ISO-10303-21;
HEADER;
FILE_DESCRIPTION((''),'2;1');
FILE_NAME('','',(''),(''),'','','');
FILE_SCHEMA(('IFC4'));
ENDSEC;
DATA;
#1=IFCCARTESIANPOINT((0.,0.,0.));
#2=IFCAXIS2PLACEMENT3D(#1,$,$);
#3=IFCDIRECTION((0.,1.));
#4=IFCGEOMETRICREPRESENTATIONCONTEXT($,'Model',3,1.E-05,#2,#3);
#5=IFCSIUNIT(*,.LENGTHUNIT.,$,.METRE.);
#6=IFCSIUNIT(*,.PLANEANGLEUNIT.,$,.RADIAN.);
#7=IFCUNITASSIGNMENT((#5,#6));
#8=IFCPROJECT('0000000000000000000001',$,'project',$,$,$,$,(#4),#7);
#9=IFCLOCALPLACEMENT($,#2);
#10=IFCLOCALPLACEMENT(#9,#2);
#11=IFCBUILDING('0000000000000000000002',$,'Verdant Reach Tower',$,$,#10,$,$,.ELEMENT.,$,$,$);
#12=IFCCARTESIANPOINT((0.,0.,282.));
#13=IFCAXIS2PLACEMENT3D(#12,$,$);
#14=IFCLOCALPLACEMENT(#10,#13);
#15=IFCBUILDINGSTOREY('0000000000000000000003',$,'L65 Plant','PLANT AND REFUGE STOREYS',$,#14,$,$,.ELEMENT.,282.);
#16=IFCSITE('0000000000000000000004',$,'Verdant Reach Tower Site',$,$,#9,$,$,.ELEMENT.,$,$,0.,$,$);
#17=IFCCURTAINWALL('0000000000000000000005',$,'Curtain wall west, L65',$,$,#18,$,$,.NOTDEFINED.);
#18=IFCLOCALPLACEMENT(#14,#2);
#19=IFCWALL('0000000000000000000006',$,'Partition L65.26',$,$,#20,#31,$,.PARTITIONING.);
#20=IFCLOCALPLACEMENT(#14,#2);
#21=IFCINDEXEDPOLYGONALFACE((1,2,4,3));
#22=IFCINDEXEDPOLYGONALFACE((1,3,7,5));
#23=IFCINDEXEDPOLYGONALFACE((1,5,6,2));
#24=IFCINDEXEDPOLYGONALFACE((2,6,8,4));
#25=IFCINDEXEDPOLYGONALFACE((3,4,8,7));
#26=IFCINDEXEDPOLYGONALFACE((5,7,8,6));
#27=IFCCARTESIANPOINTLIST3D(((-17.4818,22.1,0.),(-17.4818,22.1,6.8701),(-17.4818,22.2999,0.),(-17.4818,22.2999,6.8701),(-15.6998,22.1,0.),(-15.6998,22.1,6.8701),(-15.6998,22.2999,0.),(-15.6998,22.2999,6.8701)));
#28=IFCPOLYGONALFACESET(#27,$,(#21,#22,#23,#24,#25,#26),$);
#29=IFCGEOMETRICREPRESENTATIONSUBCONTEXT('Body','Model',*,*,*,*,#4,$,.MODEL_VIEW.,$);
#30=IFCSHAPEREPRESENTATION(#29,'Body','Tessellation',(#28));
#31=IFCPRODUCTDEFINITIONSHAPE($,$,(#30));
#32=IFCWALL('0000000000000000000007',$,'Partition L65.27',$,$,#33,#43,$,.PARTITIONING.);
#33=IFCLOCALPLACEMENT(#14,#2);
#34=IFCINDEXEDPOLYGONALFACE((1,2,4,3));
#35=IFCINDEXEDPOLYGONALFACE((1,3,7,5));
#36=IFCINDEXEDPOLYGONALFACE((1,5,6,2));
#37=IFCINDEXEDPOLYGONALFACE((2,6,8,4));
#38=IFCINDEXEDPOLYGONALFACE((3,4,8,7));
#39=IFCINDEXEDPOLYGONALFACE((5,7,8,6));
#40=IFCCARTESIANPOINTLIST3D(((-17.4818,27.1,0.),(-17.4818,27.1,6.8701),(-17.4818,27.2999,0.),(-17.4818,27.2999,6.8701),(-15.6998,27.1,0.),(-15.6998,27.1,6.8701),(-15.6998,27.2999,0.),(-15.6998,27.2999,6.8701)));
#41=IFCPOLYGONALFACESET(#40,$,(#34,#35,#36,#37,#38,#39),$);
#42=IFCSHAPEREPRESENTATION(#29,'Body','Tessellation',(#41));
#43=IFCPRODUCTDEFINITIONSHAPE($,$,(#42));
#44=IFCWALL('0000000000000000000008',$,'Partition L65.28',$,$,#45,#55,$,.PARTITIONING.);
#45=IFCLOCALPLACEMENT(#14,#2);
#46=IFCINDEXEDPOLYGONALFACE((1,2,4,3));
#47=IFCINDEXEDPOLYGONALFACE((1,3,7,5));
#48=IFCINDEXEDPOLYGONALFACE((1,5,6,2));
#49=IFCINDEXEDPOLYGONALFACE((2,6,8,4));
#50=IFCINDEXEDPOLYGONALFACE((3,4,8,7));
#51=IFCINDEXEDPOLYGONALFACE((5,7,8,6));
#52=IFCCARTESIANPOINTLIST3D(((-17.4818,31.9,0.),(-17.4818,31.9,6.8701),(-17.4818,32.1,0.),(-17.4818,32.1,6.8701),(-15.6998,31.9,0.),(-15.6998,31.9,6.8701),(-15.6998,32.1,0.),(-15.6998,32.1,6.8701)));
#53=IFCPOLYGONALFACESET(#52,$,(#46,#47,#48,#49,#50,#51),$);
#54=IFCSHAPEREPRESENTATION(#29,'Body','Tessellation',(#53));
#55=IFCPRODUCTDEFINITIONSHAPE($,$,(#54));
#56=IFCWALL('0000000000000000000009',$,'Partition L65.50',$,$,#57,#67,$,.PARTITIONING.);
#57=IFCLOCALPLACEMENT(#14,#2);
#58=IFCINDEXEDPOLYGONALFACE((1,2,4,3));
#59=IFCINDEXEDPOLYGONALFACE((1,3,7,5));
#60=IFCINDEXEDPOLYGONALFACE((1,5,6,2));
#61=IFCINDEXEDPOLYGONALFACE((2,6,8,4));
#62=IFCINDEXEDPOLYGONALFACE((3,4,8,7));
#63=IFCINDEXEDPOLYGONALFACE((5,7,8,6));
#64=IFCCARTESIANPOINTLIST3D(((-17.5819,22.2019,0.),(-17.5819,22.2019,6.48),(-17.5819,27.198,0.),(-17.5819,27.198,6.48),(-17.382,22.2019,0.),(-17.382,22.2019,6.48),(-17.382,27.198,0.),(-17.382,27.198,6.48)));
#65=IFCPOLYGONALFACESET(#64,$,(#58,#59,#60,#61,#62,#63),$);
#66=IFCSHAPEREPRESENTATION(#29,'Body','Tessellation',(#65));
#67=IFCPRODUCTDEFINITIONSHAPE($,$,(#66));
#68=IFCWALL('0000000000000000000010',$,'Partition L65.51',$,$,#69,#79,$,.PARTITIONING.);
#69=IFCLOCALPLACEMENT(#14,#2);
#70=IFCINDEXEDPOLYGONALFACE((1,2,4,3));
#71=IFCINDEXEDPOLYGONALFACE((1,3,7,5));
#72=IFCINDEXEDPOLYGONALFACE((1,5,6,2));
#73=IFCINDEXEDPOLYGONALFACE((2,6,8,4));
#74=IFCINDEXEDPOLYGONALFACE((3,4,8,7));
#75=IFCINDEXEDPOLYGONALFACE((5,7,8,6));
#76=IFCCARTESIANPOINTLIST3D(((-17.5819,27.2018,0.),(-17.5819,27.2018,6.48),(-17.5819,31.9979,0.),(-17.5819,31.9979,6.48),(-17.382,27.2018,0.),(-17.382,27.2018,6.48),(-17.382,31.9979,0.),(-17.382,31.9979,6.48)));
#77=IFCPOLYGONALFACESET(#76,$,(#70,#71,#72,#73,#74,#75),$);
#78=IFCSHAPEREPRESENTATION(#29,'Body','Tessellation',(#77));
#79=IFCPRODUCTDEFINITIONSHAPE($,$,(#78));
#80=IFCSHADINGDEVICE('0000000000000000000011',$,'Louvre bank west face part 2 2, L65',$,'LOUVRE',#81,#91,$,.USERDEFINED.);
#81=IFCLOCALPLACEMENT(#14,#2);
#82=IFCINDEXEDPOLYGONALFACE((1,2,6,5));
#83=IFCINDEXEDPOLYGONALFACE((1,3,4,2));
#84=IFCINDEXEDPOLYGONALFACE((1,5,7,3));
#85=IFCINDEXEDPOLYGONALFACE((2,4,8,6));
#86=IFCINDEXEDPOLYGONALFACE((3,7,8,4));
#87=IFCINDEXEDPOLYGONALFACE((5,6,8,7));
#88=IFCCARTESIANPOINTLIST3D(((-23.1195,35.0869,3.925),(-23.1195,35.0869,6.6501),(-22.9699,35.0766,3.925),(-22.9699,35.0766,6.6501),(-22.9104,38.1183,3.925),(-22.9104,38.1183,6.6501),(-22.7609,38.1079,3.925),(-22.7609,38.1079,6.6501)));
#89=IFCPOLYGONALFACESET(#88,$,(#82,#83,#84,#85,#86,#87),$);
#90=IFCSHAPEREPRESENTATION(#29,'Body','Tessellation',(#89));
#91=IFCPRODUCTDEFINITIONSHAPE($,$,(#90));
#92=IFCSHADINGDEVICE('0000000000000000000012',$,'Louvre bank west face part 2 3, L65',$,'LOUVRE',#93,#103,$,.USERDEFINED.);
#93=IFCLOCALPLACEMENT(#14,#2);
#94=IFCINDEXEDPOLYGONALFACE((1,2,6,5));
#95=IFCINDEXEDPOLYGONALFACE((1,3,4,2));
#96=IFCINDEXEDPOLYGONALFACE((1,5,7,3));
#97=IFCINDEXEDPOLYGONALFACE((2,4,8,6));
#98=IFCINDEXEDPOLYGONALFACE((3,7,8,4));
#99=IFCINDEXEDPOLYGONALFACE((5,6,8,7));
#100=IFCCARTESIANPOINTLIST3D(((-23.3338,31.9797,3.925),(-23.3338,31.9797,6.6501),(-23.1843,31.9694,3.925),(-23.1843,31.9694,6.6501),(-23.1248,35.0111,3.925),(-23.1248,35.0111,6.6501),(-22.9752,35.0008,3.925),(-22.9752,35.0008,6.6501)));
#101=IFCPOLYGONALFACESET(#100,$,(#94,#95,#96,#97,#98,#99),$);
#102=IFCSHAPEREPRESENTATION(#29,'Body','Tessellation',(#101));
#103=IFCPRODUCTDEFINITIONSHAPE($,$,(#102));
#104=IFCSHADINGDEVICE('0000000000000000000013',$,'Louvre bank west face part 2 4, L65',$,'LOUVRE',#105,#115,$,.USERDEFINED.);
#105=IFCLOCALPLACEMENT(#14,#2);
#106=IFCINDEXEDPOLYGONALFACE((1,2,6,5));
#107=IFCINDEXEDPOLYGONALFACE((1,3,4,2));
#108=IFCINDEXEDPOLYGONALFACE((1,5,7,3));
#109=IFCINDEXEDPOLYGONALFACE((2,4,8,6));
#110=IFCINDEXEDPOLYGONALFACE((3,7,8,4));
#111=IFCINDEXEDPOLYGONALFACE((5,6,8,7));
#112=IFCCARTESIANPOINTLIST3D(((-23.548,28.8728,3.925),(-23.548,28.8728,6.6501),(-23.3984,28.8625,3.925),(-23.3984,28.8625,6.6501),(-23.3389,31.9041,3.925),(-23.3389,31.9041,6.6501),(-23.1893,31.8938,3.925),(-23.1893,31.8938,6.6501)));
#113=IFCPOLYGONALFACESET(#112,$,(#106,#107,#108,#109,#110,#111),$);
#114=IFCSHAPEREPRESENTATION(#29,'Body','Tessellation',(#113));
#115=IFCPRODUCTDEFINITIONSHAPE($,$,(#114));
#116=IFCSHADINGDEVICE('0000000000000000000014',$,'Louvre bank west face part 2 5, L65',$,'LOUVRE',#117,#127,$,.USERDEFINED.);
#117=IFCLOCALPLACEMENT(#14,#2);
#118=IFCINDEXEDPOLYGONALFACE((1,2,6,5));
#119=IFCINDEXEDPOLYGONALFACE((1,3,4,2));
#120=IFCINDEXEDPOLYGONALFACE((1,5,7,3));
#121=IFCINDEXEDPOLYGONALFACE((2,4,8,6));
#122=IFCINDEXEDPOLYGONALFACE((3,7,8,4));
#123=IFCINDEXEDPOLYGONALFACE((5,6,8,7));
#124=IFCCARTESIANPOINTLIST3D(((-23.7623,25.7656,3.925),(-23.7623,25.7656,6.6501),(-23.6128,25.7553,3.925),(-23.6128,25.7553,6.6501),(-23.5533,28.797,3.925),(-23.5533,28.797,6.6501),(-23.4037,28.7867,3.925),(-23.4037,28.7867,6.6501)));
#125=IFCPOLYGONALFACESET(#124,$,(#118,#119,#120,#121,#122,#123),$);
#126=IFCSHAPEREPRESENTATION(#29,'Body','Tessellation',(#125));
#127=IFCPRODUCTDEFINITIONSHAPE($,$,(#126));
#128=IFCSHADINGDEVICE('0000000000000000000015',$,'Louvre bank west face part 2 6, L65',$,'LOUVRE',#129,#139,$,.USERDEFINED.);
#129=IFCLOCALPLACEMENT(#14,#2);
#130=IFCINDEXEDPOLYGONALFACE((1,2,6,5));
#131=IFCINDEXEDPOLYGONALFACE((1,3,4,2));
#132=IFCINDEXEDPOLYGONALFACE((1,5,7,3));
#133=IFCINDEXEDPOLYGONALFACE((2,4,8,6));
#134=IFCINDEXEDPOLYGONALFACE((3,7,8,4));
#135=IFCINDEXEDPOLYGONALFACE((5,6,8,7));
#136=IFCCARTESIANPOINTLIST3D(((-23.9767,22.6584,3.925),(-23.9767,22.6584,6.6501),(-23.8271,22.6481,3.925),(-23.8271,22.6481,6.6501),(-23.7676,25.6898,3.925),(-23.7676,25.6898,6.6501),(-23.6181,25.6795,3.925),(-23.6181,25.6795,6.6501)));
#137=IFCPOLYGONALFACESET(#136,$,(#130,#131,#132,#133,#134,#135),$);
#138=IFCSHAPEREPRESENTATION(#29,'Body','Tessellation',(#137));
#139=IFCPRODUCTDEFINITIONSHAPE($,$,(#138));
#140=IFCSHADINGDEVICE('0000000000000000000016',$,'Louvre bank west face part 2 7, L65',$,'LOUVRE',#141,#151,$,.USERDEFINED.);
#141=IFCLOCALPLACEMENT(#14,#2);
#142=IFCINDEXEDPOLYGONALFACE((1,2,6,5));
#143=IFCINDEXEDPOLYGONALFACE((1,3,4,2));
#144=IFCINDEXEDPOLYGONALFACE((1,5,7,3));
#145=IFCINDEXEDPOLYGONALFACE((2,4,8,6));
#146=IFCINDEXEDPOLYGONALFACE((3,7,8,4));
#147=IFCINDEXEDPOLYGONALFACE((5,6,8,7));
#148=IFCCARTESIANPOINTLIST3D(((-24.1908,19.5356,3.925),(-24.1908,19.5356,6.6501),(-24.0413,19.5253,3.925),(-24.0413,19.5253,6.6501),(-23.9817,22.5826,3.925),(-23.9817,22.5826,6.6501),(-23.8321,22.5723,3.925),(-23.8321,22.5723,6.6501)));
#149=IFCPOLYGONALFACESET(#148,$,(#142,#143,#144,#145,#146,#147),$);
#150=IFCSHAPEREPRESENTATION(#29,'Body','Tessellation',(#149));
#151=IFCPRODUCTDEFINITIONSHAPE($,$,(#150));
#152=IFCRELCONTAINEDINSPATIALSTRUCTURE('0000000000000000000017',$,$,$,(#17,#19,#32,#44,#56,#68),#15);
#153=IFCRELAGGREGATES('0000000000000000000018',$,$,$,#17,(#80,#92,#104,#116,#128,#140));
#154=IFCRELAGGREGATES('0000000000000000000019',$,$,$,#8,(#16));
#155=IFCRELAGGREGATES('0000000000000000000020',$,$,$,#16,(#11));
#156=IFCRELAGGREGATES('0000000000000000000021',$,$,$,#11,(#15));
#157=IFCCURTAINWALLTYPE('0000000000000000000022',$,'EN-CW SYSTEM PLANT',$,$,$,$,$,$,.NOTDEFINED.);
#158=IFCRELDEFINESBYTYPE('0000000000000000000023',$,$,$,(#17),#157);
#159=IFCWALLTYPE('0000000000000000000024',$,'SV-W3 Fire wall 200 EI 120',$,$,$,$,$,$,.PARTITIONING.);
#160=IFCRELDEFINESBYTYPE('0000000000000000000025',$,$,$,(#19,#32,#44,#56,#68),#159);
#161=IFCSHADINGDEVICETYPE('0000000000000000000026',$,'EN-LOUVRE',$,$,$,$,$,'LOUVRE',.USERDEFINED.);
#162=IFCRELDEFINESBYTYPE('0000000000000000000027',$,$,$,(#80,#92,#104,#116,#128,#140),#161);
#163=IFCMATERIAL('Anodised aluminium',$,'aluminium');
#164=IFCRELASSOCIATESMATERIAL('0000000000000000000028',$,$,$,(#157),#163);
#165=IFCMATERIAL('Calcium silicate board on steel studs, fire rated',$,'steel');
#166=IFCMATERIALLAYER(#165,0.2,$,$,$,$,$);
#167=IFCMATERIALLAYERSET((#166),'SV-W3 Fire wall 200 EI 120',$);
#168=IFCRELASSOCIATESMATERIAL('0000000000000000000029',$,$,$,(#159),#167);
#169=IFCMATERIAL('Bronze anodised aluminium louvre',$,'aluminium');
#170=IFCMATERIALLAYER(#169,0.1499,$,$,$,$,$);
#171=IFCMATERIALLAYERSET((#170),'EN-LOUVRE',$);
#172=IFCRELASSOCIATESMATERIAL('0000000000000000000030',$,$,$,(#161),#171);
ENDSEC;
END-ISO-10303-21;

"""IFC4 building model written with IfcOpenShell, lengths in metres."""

from ifc_helpers import new_model, si_unit, direction, frame, frame_2d, origin, origin_2d, place, context, subcontext, project, spatial, rectangle, extrude, material, layer, layer_set, type_object, element, aggregate, save


model = new_model("IFC4")

# Units and contexts
model_context = context("Model", 3, precision=1e-05, world=origin(), true_north=direction((0.0, 1.0)))
body_context = subcontext(model_context, "Body", "Model", "MODEL_VIEW")
ifc_project = project(units=[si_unit("LENGTHUNIT", "METRE"), si_unit("PLANEANGLEUNIT", "RADIAN")], contexts=[model_context])

# Site, building, storey
site_placement = place(None, origin())
site = spatial("IfcSite", under=ifc_project, at=site_placement, Name="Verdant Reach Tower Site", CompositionType="ELEMENT", RefElevation=0.0)
building_placement = place(site_placement, origin())
building = spatial("IfcBuilding", under=site, at=building_placement, Name="Verdant Reach Tower", CompositionType="ELEMENT")
storey_placement = place(building_placement, frame((0.0, 0.0, 282.0)))
storey = spatial("IfcBuildingStorey", under=building, at=storey_placement, Name="L65 Plant", Description="PLANT AND REFUGE STOREYS", CompositionType="ELEMENT", Elevation=282.0)

# Curtain wall
ifc_material_1 = material(Name="Anodised aluminium", Category="aluminium")
curtain_wall_type = type_object("IfcCurtainWallType", Name="EN-CW SYSTEM PLANT", PredefinedType="NOTDEFINED", material=ifc_material_1)
curtain_wall_1_placement = place(storey_placement, origin())
curtain_wall_1 = element("IfcCurtainWall", 1, at=curtain_wall_1_placement, inside=storey, type_object=curtain_wall_type, Name="Curtain wall west, L65", PredefinedType="NOTDEFINED")

# Walls
ifc_material_2 = material(Name="Calcium silicate board on steel studs, fire rated", Category="steel")
ifc_layer_1 = layer(ifc_material_2, 0.2)
ifc_layer_set_1 = layer_set([ifc_layer_1], Name="SV-W3 Fire wall 200 EI 120")
wall_type_1 = type_object("IfcWallType", Name="SV-W3 Fire wall 200 EI 120", PredefinedType="PARTITIONING", material=ifc_layer_set_1)
for number, where, z_axis, x_axis, name in (
    (2, (-17.4819, 22.2, 0.0), (0.0, 0.0, 1.0), (1.0, 0.0, 0.0), "Partition L65.26"),
    (3, (-17.4819, 27.2, 0.0), (0.0, 0.0, 1.0), (1.0, 0.0, 0.0), "Partition L65.27"),
    (4, (-17.4819, 32.0, 0.0), (0.0, 0.0, 1.0), (1.0, 0.0, 0.0), "Partition L65.28"),
):
    element("IfcWall", number, at=place(storey_placement, frame(where, z_axis=z_axis, x_axis=x_axis)), inside=storey, type_object=wall_type_1, Name=name, PredefinedType="PARTITIONING", context=body_context, shape_type="SweptSolid", body=[
        extrude(rectangle(XDim=1.782, YDim=0.2, at=frame_2d((0.8911, 0.0))), origin(), (0.0, 0.0, 1.0), 6.8701),
    ])
wall_1_placement = place(storey_placement, frame((-17.4819, 22.2019, 0.0), z_axis=(0.0, 0.0, 1.0), x_axis=(0.0, 1.0, 0.0)))
element("IfcWall", 5, at=wall_1_placement, inside=storey, type_object=wall_type_1, Name="Partition L65.50", PredefinedType="PARTITIONING", context=body_context, shape_type="SweptSolid", body=[
    extrude(rectangle(XDim=4.9961, YDim=0.2, at=frame_2d((2.498, 0.0))), origin(), (0.0, 0.0, 1.0), 6.48),
])
wall_2_placement = place(storey_placement, frame((-17.4819, 27.2019, 0.0), z_axis=(0.0, 0.0, 1.0), x_axis=(0.0, 1.0, 0.0)))
element("IfcWall", 6, at=wall_2_placement, inside=storey, type_object=wall_type_1, Name="Partition L65.51", PredefinedType="PARTITIONING", context=body_context, shape_type="SweptSolid", body=[
    extrude(rectangle(XDim=4.7961, YDim=0.2, at=frame_2d((2.3979, 0.0))), origin(), (0.0, 0.0, 1.0), 6.48),
])

# Shading devices
ifc_material_3 = material(Name="Bronze anodised aluminium louvre", Category="aluminium")
ifc_layer_2 = layer(ifc_material_3, 0.1499)
ifc_layer_set_2 = layer_set([ifc_layer_2], Name="EN-LOUVRE")
shading_device_type = type_object("IfcShadingDeviceType", Name="EN-LOUVRE", ElementType="LOUVRE", PredefinedType="USERDEFINED", material=ifc_layer_set_2)
shading_device_1_placement = place(storey_placement, frame((-22.9402, 36.5974, 3.925), z_axis=(0.0, 0.0, 1.0), x_axis=(-0.068802, -0.99763, 0.0)))
shading_device_1 = element("IfcShadingDevice", 7, at=shading_device_1_placement, type_object=shading_device_type, Name="Louvre bank west face part 2 2, L65", ObjectType="LOUVRE", PredefinedType="USERDEFINED", context=body_context, shape_type="SweptSolid", body=[
    extrude(rectangle(XDim=3.0386, YDim=0.1499, at=origin_2d()), origin(), (0.0, 0.0, 1.0), 2.7251),
])
shading_device_2_placement = place(storey_placement, frame((-23.1545, 33.4902, 3.925), z_axis=(0.0, 0.0, 1.0), x_axis=(-0.068802, -0.99763, 0.0)))
shading_device_2 = element("IfcShadingDevice", 8, at=shading_device_2_placement, type_object=shading_device_type, Name="Louvre bank west face part 2 3, L65", ObjectType="LOUVRE", PredefinedType="USERDEFINED", context=body_context, shape_type="SweptSolid", body=[
    extrude(rectangle(XDim=3.0386, YDim=0.1499, at=origin_2d()), origin(), (0.0, 0.0, 1.0), 2.7251),
])
shading_device_3_placement = place(storey_placement, frame((-23.3687, 30.3833, 3.925), z_axis=(0.0, 0.0, 1.0), x_axis=(-0.068802, -0.99763, 0.0)))
shading_device_3 = element("IfcShadingDevice", 9, at=shading_device_3_placement, type_object=shading_device_type, Name="Louvre bank west face part 2 4, L65", ObjectType="LOUVRE", PredefinedType="USERDEFINED", context=body_context, shape_type="SweptSolid", body=[
    extrude(rectangle(XDim=3.0386, YDim=0.1499, at=origin_2d()), origin(), (0.0, 0.0, 1.0), 2.7251),
])
shading_device_4_placement = place(storey_placement, frame((-23.583, 27.2761, 3.925), z_axis=(0.0, 0.0, 1.0), x_axis=(-0.068802, -0.99763, 0.0)))
shading_device_4 = element("IfcShadingDevice", 10, at=shading_device_4_placement, type_object=shading_device_type, Name="Louvre bank west face part 2 5, L65", ObjectType="LOUVRE", PredefinedType="USERDEFINED", context=body_context, shape_type="SweptSolid", body=[
    extrude(rectangle(XDim=3.0386, YDim=0.1499, at=origin_2d()), origin(), (0.0, 0.0, 1.0), 2.7251),
])
shading_device_5_placement = place(storey_placement, frame((-23.7974, 24.1689, 3.925), z_axis=(0.0, 0.0, 1.0), x_axis=(-0.068802, -0.99763, 0.0)))
shading_device_5 = element("IfcShadingDevice", 11, at=shading_device_5_placement, type_object=shading_device_type, Name="Louvre bank west face part 2 6, L65", ObjectType="LOUVRE", PredefinedType="USERDEFINED", context=body_context, shape_type="SweptSolid", body=[
    extrude(rectangle(XDim=3.0386, YDim=0.1499, at=origin_2d()), origin(), (0.0, 0.0, 1.0), 2.7251),
])
shading_device_6_placement = place(storey_placement, frame((-24.0115, 21.054, 3.925), z_axis=(0.0, 0.0, 1.0), x_axis=(-0.068469, -0.997653, 0.0)))
shading_device_6 = element("IfcShadingDevice", 12, at=shading_device_6_placement, type_object=shading_device_type, Name="Louvre bank west face part 2 7, L65", ObjectType="LOUVRE", PredefinedType="USERDEFINED", context=body_context, shape_type="SweptSolid", body=[
    extrude(rectangle(XDim=3.0542, YDim=0.1499, at=origin_2d()), origin(), (0.0, 0.0, 1.0), 2.7251),
])
aggregate(curtain_wall_1, [shading_device_1, shading_device_2, shading_device_3, shading_device_4, shading_device_5, shading_device_6])

save(model, "model.ifc")
